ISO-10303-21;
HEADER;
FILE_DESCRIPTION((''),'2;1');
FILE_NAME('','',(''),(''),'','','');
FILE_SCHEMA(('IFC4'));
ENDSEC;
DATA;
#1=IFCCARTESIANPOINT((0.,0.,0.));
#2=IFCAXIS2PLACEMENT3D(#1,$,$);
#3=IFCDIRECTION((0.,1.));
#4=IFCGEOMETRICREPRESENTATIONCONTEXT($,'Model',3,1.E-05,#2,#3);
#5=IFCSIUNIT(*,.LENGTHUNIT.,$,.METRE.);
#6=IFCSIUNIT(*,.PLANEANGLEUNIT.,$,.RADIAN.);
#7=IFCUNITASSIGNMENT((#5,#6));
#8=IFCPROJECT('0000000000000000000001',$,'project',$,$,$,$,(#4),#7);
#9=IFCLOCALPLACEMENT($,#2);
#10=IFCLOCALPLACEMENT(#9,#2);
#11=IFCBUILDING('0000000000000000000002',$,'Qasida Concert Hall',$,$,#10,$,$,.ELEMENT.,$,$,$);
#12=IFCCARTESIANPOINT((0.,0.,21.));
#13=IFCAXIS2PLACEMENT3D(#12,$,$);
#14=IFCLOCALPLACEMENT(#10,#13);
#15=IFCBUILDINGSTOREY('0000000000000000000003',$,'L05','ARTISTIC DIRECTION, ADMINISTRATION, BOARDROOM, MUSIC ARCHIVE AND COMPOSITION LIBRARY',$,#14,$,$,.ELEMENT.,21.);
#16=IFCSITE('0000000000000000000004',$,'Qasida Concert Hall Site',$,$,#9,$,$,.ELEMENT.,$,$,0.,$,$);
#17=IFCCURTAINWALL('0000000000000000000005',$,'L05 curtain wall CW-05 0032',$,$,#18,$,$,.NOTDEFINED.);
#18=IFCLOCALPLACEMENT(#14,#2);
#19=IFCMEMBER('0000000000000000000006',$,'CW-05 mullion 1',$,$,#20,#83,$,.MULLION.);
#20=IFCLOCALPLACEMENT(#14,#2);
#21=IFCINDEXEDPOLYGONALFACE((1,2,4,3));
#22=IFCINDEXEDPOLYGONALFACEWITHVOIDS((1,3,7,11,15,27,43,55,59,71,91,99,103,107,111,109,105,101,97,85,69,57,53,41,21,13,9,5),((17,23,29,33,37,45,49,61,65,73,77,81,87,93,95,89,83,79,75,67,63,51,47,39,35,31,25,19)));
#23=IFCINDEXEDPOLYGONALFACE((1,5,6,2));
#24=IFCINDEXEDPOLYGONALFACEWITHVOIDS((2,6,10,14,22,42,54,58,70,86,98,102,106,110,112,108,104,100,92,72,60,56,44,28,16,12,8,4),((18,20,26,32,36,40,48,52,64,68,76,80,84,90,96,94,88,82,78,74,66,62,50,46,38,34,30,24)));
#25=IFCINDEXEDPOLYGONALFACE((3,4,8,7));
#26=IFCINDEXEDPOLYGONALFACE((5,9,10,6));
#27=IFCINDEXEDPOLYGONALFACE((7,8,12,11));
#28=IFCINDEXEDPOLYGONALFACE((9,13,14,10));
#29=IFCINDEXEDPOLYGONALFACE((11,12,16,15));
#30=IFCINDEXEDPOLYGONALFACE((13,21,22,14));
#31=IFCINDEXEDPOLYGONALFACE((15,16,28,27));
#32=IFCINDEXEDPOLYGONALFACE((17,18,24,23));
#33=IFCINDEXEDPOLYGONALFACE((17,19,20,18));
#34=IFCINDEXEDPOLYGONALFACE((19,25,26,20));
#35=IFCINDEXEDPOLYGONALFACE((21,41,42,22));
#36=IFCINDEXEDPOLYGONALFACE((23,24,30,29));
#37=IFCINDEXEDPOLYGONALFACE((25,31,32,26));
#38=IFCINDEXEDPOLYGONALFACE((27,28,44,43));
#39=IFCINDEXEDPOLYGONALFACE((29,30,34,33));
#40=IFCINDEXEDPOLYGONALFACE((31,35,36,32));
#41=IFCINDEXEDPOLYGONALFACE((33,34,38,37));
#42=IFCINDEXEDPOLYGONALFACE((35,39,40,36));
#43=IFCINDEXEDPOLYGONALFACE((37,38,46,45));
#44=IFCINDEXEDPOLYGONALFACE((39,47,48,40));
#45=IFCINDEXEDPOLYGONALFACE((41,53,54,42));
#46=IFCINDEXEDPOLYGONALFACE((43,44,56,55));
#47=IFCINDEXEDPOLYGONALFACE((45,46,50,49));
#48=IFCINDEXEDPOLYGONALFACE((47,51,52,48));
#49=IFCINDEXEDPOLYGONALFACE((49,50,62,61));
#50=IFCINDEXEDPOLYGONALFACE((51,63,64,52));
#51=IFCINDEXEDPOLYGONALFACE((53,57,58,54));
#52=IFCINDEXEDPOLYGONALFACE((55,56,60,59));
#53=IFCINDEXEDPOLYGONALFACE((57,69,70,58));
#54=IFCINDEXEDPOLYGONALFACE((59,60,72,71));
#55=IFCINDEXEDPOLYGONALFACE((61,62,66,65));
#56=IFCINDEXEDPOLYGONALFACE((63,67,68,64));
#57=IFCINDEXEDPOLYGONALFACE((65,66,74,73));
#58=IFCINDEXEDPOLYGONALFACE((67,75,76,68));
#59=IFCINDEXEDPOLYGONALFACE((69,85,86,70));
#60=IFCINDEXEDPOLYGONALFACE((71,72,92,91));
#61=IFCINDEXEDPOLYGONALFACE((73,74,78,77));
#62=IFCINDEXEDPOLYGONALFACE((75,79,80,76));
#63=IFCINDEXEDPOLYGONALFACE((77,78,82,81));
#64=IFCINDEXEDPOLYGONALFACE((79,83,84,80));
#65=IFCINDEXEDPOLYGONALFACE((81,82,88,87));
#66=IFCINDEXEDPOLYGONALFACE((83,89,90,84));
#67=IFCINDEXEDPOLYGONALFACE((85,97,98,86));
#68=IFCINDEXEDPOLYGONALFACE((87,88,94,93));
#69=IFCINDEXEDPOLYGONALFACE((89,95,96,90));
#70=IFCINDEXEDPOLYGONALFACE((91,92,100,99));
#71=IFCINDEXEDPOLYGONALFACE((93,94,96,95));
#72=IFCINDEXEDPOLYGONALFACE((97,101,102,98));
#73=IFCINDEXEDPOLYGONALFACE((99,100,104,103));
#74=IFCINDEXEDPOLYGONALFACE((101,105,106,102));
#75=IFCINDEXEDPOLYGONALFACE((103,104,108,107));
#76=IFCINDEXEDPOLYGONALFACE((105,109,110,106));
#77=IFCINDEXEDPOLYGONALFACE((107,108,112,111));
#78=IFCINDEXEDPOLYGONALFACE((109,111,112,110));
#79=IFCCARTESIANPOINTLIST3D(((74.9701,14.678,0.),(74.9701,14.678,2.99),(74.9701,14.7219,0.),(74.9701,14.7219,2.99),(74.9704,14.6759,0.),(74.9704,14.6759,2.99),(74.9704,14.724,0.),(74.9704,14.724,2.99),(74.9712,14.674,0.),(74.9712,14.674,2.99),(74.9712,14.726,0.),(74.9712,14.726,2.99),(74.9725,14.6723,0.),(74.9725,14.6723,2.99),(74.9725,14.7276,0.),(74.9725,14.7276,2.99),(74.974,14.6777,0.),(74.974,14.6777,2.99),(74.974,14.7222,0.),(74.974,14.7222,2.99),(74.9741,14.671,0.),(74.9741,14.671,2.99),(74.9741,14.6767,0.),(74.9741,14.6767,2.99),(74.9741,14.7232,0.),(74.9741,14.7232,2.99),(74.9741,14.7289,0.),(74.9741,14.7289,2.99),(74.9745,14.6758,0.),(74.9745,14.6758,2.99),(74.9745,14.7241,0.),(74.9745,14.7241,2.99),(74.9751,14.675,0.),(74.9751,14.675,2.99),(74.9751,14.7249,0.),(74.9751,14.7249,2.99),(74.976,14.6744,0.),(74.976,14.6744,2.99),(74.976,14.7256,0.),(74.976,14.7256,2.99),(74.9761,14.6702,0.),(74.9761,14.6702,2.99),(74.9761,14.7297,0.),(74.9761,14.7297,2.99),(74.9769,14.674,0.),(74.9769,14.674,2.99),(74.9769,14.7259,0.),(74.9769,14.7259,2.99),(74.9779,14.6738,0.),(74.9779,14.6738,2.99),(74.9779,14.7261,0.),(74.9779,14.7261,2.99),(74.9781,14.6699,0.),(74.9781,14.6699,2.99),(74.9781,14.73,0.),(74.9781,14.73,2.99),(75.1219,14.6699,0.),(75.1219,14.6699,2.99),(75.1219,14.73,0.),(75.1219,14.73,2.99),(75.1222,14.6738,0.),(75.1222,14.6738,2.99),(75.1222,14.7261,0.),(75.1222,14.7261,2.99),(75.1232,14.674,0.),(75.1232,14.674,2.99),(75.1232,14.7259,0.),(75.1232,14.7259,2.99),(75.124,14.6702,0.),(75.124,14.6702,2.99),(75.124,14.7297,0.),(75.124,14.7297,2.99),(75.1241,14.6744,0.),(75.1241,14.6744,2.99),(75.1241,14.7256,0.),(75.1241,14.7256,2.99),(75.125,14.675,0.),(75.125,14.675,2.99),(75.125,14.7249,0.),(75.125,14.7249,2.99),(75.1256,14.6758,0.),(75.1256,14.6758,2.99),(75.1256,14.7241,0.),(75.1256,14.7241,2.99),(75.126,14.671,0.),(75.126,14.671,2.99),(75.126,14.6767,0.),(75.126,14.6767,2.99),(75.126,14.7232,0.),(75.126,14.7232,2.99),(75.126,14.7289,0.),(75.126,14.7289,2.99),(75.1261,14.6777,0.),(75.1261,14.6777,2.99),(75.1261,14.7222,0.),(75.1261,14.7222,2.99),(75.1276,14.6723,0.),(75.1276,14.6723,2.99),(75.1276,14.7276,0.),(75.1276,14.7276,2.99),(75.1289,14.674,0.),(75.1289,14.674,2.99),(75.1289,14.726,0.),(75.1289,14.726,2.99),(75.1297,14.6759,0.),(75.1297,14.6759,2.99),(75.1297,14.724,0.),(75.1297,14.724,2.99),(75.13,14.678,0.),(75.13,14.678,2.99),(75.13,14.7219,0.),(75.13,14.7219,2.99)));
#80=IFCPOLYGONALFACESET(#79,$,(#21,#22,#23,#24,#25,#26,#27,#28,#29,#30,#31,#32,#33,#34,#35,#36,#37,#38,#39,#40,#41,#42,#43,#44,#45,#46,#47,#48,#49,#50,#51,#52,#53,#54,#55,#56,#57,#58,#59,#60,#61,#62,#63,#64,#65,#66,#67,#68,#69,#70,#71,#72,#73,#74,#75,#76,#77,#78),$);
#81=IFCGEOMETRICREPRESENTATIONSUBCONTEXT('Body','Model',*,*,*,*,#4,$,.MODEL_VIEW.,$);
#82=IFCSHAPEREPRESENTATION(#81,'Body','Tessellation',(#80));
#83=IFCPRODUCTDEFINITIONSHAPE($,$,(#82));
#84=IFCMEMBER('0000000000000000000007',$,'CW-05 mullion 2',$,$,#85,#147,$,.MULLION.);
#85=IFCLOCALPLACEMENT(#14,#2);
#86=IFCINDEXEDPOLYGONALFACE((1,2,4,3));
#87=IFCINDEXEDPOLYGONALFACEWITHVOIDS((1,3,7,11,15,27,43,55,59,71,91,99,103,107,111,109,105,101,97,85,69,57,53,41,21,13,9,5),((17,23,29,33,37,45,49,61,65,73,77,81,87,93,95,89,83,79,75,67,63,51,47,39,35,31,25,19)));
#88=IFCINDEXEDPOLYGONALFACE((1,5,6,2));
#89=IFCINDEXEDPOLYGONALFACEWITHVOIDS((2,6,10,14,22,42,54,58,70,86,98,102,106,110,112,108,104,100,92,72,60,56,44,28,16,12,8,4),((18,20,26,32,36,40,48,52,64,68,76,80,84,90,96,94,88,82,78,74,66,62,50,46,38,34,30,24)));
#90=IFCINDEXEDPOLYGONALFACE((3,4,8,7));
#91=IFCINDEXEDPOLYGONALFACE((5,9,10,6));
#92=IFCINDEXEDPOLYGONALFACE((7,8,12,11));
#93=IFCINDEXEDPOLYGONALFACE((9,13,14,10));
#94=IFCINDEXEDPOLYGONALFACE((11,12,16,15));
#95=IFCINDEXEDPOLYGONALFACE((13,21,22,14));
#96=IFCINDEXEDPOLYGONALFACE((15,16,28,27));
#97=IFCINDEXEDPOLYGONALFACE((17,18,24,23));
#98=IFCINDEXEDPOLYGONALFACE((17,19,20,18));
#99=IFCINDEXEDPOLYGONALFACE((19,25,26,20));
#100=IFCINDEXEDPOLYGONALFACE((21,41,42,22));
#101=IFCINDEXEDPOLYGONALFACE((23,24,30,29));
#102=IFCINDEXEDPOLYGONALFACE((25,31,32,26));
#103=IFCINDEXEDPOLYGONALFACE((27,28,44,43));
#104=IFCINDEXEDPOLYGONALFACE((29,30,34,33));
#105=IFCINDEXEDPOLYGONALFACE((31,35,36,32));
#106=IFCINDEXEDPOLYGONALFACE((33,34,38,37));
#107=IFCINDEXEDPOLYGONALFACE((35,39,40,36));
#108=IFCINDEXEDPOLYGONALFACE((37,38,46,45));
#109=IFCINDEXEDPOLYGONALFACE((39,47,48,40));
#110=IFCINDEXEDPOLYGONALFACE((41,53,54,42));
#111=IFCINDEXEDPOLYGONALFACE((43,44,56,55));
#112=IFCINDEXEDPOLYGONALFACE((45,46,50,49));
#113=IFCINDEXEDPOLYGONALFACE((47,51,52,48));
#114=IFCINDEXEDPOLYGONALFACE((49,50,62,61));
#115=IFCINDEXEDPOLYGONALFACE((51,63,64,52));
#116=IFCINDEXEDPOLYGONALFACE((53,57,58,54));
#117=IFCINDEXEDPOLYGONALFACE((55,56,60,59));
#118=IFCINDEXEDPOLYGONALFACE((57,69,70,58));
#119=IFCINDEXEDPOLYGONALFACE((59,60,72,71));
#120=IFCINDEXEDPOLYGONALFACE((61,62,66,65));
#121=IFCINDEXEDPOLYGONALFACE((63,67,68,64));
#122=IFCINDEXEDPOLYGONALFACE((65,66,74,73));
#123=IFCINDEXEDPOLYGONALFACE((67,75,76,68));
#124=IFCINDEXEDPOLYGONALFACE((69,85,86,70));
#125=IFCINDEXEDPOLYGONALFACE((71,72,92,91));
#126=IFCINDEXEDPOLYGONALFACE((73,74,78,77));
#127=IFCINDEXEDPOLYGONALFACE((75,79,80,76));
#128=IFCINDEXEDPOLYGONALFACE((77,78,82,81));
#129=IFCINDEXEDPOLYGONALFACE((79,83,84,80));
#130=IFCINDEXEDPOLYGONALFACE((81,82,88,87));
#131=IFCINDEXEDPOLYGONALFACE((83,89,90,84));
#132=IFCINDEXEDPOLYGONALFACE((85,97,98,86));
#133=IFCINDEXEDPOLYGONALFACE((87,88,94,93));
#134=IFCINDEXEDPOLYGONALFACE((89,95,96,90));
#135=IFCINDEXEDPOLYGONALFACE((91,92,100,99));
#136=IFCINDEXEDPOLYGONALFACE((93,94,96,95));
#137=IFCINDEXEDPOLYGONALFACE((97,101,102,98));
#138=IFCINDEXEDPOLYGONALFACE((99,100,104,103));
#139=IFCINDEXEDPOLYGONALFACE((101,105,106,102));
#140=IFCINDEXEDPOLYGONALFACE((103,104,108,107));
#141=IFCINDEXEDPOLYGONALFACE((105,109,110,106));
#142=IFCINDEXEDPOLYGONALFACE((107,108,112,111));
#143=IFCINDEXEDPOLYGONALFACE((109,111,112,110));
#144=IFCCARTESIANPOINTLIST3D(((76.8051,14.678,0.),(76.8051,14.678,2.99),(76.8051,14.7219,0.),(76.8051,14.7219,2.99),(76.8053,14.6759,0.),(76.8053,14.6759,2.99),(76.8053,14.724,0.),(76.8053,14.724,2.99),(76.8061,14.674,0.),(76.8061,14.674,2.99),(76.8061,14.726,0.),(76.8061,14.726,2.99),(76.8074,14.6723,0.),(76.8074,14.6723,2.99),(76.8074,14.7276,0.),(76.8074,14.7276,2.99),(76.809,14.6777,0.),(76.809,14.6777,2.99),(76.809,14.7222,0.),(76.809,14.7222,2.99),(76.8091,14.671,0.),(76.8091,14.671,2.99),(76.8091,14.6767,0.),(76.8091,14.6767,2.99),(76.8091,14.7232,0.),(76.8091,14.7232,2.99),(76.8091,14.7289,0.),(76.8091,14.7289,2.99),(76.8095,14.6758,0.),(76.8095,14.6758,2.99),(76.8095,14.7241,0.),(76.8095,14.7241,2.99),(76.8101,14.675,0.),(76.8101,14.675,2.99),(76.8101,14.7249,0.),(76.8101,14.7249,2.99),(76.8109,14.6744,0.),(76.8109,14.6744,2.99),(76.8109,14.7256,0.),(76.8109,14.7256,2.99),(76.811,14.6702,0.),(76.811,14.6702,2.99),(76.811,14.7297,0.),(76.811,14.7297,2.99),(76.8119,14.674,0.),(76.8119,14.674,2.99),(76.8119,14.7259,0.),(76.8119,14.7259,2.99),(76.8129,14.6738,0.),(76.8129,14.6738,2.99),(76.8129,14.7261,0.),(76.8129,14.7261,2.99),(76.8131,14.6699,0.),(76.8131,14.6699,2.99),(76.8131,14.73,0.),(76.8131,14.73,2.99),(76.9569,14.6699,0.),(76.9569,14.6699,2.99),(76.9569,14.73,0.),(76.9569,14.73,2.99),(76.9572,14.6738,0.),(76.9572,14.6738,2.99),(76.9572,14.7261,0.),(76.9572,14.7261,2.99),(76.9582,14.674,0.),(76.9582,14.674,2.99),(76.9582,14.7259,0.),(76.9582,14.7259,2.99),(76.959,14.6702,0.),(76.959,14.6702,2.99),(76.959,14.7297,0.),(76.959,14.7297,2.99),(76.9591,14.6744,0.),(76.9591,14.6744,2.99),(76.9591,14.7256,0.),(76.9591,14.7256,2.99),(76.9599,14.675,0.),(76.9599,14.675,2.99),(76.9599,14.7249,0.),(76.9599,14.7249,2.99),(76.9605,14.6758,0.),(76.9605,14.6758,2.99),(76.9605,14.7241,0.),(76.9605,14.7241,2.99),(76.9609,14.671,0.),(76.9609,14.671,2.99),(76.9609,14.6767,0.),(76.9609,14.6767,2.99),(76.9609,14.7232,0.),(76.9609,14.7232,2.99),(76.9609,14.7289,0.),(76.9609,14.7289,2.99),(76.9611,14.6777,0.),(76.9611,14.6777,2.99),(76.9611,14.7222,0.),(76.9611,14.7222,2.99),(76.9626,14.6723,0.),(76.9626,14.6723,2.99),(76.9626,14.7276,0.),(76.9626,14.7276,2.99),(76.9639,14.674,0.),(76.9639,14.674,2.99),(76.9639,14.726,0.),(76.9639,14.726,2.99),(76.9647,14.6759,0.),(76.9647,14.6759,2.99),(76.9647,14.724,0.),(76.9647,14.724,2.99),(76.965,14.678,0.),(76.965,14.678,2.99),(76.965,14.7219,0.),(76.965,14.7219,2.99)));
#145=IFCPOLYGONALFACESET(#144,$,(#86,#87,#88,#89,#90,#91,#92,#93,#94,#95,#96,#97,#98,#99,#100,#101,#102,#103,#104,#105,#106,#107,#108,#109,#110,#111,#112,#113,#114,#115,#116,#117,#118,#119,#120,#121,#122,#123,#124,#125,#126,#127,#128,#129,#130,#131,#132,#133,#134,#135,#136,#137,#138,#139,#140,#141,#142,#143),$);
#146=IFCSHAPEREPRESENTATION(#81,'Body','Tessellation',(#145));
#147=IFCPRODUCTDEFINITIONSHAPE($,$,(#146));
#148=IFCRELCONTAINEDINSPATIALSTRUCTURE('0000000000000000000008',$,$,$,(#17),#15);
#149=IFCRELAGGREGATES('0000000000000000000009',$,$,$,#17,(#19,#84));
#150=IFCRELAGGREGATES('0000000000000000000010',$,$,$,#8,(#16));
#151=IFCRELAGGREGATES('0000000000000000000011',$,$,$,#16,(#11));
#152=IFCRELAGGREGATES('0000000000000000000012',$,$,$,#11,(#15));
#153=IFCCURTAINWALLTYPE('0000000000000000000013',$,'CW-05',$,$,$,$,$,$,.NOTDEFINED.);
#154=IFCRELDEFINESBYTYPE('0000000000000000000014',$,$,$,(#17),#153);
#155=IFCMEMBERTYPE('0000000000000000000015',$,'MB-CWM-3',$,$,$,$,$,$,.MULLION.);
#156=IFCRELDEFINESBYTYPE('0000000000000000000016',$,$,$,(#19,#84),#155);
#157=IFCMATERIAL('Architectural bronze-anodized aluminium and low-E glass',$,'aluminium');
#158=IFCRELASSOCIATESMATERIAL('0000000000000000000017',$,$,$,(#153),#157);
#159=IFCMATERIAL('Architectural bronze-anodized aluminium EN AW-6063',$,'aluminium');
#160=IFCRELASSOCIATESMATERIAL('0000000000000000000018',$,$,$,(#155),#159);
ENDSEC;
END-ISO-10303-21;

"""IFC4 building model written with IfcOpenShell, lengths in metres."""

from ifc_helpers import new_model, si_unit, direction, frame, origin, origin_2d, place, context, subcontext, project, spatial, hollow_rectangle, extrude, material, material_profile, profile_set, type_object, element, aggregate, save


model = new_model("IFC4")

# Units and contexts
model_context = context("Model", 3, precision=1e-05, world=origin(), true_north=direction((0.0, 1.0)))
body_context = subcontext(model_context, "Body", "Model", "MODEL_VIEW")
ifc_project = project(units=[si_unit("LENGTHUNIT", "METRE"), si_unit("PLANEANGLEUNIT", "RADIAN")], contexts=[model_context])

# Site, building, storey
site_placement = place(None, origin())
site = spatial("IfcSite", under=ifc_project, at=site_placement, Name="Qasida Concert Hall Site", CompositionType="ELEMENT", RefElevation=0.0)
building_placement = place(site_placement, origin())
building = spatial("IfcBuilding", under=site, at=building_placement, Name="Qasida Concert Hall", CompositionType="ELEMENT")
storey_placement = place(building_placement, frame((0.0, 0.0, 21.0)))
storey = spatial("IfcBuildingStorey", under=building, at=storey_placement, Name="L05", Description="ARTISTIC DIRECTION, ADMINISTRATION, BOARDROOM, MUSIC ARCHIVE AND COMPOSITION LIBRARY", CompositionType="ELEMENT", Elevation=21.0)

# Shared definitions
ifc_material_1 = material(Name="Architectural bronze-anodized aluminium and low-E glass", Category="aluminium")
curtain_wall_type = type_object("IfcCurtainWallType", Name="CW-05", PredefinedType="NOTDEFINED", material=ifc_material_1)
ifc_material_2 = material(Name="Architectural bronze-anodized aluminium EN AW-6063", Category="aluminium")
ifc_material_profile_1 = material_profile(ifc_material_2, hollow_rectangle(XDim=0.0601, YDim=0.1599, WallThickness=0.0039, InnerFilletRadius=0.0039, OuterFilletRadius=0.0081, at=origin_2d()), Name="CWM 160x60x4")
ifc_profile_set_1 = profile_set([ifc_material_profile_1], Name="Architectural bronze-anodized aluminium EN AW-6063")
member_type_1 = type_object("IfcMemberType", Name="MB-CWM-3", PredefinedType="MULLION", material=ifc_profile_set_1)

# Curtain wall, members
curtain_wall_1_placement = place(storey_placement, origin())
curtain_wall_1 = element("IfcCurtainWall", 1, at=curtain_wall_1_placement, inside=storey, type_object=curtain_wall_type, Name="L05 curtain wall CW-05 0032", PredefinedType="NOTDEFINED")
member_1_placement = place(storey_placement, frame((75.05, 14.7, 0.0), z_axis=(0.0, 0.0, 1.0), x_axis=(0.0, 1.0, 0.0)))
member_1 = element("IfcMember", 2, at=member_1_placement, type_object=member_type_1, Name="CW-05 mullion 1", PredefinedType="MULLION", context=body_context, shape_type="SweptSolid", body=[
    extrude(hollow_rectangle(XDim=0.0601, YDim=0.1599, WallThickness=0.0039, InnerFilletRadius=0.0039, OuterFilletRadius=0.0081, at=origin_2d()), origin(), (0.0, 0.0, 1.0), 2.99),
])
member_2_placement = place(storey_placement, frame((76.885, 14.7, 0.0), z_axis=(0.0, 0.0, 1.0), x_axis=(0.0, 1.0, 0.0)))
member_2 = element("IfcMember", 3, at=member_2_placement, type_object=member_type_1, Name="CW-05 mullion 2", PredefinedType="MULLION", context=body_context, shape_type="SweptSolid", body=[
    extrude(hollow_rectangle(XDim=0.0601, YDim=0.1599, WallThickness=0.0039, InnerFilletRadius=0.0039, OuterFilletRadius=0.0081, at=origin_2d()), origin(), (0.0, 0.0, 1.0), 2.99),
])

aggregate(curtain_wall_1, [member_1, member_2])

save(model, "model.ifc")
